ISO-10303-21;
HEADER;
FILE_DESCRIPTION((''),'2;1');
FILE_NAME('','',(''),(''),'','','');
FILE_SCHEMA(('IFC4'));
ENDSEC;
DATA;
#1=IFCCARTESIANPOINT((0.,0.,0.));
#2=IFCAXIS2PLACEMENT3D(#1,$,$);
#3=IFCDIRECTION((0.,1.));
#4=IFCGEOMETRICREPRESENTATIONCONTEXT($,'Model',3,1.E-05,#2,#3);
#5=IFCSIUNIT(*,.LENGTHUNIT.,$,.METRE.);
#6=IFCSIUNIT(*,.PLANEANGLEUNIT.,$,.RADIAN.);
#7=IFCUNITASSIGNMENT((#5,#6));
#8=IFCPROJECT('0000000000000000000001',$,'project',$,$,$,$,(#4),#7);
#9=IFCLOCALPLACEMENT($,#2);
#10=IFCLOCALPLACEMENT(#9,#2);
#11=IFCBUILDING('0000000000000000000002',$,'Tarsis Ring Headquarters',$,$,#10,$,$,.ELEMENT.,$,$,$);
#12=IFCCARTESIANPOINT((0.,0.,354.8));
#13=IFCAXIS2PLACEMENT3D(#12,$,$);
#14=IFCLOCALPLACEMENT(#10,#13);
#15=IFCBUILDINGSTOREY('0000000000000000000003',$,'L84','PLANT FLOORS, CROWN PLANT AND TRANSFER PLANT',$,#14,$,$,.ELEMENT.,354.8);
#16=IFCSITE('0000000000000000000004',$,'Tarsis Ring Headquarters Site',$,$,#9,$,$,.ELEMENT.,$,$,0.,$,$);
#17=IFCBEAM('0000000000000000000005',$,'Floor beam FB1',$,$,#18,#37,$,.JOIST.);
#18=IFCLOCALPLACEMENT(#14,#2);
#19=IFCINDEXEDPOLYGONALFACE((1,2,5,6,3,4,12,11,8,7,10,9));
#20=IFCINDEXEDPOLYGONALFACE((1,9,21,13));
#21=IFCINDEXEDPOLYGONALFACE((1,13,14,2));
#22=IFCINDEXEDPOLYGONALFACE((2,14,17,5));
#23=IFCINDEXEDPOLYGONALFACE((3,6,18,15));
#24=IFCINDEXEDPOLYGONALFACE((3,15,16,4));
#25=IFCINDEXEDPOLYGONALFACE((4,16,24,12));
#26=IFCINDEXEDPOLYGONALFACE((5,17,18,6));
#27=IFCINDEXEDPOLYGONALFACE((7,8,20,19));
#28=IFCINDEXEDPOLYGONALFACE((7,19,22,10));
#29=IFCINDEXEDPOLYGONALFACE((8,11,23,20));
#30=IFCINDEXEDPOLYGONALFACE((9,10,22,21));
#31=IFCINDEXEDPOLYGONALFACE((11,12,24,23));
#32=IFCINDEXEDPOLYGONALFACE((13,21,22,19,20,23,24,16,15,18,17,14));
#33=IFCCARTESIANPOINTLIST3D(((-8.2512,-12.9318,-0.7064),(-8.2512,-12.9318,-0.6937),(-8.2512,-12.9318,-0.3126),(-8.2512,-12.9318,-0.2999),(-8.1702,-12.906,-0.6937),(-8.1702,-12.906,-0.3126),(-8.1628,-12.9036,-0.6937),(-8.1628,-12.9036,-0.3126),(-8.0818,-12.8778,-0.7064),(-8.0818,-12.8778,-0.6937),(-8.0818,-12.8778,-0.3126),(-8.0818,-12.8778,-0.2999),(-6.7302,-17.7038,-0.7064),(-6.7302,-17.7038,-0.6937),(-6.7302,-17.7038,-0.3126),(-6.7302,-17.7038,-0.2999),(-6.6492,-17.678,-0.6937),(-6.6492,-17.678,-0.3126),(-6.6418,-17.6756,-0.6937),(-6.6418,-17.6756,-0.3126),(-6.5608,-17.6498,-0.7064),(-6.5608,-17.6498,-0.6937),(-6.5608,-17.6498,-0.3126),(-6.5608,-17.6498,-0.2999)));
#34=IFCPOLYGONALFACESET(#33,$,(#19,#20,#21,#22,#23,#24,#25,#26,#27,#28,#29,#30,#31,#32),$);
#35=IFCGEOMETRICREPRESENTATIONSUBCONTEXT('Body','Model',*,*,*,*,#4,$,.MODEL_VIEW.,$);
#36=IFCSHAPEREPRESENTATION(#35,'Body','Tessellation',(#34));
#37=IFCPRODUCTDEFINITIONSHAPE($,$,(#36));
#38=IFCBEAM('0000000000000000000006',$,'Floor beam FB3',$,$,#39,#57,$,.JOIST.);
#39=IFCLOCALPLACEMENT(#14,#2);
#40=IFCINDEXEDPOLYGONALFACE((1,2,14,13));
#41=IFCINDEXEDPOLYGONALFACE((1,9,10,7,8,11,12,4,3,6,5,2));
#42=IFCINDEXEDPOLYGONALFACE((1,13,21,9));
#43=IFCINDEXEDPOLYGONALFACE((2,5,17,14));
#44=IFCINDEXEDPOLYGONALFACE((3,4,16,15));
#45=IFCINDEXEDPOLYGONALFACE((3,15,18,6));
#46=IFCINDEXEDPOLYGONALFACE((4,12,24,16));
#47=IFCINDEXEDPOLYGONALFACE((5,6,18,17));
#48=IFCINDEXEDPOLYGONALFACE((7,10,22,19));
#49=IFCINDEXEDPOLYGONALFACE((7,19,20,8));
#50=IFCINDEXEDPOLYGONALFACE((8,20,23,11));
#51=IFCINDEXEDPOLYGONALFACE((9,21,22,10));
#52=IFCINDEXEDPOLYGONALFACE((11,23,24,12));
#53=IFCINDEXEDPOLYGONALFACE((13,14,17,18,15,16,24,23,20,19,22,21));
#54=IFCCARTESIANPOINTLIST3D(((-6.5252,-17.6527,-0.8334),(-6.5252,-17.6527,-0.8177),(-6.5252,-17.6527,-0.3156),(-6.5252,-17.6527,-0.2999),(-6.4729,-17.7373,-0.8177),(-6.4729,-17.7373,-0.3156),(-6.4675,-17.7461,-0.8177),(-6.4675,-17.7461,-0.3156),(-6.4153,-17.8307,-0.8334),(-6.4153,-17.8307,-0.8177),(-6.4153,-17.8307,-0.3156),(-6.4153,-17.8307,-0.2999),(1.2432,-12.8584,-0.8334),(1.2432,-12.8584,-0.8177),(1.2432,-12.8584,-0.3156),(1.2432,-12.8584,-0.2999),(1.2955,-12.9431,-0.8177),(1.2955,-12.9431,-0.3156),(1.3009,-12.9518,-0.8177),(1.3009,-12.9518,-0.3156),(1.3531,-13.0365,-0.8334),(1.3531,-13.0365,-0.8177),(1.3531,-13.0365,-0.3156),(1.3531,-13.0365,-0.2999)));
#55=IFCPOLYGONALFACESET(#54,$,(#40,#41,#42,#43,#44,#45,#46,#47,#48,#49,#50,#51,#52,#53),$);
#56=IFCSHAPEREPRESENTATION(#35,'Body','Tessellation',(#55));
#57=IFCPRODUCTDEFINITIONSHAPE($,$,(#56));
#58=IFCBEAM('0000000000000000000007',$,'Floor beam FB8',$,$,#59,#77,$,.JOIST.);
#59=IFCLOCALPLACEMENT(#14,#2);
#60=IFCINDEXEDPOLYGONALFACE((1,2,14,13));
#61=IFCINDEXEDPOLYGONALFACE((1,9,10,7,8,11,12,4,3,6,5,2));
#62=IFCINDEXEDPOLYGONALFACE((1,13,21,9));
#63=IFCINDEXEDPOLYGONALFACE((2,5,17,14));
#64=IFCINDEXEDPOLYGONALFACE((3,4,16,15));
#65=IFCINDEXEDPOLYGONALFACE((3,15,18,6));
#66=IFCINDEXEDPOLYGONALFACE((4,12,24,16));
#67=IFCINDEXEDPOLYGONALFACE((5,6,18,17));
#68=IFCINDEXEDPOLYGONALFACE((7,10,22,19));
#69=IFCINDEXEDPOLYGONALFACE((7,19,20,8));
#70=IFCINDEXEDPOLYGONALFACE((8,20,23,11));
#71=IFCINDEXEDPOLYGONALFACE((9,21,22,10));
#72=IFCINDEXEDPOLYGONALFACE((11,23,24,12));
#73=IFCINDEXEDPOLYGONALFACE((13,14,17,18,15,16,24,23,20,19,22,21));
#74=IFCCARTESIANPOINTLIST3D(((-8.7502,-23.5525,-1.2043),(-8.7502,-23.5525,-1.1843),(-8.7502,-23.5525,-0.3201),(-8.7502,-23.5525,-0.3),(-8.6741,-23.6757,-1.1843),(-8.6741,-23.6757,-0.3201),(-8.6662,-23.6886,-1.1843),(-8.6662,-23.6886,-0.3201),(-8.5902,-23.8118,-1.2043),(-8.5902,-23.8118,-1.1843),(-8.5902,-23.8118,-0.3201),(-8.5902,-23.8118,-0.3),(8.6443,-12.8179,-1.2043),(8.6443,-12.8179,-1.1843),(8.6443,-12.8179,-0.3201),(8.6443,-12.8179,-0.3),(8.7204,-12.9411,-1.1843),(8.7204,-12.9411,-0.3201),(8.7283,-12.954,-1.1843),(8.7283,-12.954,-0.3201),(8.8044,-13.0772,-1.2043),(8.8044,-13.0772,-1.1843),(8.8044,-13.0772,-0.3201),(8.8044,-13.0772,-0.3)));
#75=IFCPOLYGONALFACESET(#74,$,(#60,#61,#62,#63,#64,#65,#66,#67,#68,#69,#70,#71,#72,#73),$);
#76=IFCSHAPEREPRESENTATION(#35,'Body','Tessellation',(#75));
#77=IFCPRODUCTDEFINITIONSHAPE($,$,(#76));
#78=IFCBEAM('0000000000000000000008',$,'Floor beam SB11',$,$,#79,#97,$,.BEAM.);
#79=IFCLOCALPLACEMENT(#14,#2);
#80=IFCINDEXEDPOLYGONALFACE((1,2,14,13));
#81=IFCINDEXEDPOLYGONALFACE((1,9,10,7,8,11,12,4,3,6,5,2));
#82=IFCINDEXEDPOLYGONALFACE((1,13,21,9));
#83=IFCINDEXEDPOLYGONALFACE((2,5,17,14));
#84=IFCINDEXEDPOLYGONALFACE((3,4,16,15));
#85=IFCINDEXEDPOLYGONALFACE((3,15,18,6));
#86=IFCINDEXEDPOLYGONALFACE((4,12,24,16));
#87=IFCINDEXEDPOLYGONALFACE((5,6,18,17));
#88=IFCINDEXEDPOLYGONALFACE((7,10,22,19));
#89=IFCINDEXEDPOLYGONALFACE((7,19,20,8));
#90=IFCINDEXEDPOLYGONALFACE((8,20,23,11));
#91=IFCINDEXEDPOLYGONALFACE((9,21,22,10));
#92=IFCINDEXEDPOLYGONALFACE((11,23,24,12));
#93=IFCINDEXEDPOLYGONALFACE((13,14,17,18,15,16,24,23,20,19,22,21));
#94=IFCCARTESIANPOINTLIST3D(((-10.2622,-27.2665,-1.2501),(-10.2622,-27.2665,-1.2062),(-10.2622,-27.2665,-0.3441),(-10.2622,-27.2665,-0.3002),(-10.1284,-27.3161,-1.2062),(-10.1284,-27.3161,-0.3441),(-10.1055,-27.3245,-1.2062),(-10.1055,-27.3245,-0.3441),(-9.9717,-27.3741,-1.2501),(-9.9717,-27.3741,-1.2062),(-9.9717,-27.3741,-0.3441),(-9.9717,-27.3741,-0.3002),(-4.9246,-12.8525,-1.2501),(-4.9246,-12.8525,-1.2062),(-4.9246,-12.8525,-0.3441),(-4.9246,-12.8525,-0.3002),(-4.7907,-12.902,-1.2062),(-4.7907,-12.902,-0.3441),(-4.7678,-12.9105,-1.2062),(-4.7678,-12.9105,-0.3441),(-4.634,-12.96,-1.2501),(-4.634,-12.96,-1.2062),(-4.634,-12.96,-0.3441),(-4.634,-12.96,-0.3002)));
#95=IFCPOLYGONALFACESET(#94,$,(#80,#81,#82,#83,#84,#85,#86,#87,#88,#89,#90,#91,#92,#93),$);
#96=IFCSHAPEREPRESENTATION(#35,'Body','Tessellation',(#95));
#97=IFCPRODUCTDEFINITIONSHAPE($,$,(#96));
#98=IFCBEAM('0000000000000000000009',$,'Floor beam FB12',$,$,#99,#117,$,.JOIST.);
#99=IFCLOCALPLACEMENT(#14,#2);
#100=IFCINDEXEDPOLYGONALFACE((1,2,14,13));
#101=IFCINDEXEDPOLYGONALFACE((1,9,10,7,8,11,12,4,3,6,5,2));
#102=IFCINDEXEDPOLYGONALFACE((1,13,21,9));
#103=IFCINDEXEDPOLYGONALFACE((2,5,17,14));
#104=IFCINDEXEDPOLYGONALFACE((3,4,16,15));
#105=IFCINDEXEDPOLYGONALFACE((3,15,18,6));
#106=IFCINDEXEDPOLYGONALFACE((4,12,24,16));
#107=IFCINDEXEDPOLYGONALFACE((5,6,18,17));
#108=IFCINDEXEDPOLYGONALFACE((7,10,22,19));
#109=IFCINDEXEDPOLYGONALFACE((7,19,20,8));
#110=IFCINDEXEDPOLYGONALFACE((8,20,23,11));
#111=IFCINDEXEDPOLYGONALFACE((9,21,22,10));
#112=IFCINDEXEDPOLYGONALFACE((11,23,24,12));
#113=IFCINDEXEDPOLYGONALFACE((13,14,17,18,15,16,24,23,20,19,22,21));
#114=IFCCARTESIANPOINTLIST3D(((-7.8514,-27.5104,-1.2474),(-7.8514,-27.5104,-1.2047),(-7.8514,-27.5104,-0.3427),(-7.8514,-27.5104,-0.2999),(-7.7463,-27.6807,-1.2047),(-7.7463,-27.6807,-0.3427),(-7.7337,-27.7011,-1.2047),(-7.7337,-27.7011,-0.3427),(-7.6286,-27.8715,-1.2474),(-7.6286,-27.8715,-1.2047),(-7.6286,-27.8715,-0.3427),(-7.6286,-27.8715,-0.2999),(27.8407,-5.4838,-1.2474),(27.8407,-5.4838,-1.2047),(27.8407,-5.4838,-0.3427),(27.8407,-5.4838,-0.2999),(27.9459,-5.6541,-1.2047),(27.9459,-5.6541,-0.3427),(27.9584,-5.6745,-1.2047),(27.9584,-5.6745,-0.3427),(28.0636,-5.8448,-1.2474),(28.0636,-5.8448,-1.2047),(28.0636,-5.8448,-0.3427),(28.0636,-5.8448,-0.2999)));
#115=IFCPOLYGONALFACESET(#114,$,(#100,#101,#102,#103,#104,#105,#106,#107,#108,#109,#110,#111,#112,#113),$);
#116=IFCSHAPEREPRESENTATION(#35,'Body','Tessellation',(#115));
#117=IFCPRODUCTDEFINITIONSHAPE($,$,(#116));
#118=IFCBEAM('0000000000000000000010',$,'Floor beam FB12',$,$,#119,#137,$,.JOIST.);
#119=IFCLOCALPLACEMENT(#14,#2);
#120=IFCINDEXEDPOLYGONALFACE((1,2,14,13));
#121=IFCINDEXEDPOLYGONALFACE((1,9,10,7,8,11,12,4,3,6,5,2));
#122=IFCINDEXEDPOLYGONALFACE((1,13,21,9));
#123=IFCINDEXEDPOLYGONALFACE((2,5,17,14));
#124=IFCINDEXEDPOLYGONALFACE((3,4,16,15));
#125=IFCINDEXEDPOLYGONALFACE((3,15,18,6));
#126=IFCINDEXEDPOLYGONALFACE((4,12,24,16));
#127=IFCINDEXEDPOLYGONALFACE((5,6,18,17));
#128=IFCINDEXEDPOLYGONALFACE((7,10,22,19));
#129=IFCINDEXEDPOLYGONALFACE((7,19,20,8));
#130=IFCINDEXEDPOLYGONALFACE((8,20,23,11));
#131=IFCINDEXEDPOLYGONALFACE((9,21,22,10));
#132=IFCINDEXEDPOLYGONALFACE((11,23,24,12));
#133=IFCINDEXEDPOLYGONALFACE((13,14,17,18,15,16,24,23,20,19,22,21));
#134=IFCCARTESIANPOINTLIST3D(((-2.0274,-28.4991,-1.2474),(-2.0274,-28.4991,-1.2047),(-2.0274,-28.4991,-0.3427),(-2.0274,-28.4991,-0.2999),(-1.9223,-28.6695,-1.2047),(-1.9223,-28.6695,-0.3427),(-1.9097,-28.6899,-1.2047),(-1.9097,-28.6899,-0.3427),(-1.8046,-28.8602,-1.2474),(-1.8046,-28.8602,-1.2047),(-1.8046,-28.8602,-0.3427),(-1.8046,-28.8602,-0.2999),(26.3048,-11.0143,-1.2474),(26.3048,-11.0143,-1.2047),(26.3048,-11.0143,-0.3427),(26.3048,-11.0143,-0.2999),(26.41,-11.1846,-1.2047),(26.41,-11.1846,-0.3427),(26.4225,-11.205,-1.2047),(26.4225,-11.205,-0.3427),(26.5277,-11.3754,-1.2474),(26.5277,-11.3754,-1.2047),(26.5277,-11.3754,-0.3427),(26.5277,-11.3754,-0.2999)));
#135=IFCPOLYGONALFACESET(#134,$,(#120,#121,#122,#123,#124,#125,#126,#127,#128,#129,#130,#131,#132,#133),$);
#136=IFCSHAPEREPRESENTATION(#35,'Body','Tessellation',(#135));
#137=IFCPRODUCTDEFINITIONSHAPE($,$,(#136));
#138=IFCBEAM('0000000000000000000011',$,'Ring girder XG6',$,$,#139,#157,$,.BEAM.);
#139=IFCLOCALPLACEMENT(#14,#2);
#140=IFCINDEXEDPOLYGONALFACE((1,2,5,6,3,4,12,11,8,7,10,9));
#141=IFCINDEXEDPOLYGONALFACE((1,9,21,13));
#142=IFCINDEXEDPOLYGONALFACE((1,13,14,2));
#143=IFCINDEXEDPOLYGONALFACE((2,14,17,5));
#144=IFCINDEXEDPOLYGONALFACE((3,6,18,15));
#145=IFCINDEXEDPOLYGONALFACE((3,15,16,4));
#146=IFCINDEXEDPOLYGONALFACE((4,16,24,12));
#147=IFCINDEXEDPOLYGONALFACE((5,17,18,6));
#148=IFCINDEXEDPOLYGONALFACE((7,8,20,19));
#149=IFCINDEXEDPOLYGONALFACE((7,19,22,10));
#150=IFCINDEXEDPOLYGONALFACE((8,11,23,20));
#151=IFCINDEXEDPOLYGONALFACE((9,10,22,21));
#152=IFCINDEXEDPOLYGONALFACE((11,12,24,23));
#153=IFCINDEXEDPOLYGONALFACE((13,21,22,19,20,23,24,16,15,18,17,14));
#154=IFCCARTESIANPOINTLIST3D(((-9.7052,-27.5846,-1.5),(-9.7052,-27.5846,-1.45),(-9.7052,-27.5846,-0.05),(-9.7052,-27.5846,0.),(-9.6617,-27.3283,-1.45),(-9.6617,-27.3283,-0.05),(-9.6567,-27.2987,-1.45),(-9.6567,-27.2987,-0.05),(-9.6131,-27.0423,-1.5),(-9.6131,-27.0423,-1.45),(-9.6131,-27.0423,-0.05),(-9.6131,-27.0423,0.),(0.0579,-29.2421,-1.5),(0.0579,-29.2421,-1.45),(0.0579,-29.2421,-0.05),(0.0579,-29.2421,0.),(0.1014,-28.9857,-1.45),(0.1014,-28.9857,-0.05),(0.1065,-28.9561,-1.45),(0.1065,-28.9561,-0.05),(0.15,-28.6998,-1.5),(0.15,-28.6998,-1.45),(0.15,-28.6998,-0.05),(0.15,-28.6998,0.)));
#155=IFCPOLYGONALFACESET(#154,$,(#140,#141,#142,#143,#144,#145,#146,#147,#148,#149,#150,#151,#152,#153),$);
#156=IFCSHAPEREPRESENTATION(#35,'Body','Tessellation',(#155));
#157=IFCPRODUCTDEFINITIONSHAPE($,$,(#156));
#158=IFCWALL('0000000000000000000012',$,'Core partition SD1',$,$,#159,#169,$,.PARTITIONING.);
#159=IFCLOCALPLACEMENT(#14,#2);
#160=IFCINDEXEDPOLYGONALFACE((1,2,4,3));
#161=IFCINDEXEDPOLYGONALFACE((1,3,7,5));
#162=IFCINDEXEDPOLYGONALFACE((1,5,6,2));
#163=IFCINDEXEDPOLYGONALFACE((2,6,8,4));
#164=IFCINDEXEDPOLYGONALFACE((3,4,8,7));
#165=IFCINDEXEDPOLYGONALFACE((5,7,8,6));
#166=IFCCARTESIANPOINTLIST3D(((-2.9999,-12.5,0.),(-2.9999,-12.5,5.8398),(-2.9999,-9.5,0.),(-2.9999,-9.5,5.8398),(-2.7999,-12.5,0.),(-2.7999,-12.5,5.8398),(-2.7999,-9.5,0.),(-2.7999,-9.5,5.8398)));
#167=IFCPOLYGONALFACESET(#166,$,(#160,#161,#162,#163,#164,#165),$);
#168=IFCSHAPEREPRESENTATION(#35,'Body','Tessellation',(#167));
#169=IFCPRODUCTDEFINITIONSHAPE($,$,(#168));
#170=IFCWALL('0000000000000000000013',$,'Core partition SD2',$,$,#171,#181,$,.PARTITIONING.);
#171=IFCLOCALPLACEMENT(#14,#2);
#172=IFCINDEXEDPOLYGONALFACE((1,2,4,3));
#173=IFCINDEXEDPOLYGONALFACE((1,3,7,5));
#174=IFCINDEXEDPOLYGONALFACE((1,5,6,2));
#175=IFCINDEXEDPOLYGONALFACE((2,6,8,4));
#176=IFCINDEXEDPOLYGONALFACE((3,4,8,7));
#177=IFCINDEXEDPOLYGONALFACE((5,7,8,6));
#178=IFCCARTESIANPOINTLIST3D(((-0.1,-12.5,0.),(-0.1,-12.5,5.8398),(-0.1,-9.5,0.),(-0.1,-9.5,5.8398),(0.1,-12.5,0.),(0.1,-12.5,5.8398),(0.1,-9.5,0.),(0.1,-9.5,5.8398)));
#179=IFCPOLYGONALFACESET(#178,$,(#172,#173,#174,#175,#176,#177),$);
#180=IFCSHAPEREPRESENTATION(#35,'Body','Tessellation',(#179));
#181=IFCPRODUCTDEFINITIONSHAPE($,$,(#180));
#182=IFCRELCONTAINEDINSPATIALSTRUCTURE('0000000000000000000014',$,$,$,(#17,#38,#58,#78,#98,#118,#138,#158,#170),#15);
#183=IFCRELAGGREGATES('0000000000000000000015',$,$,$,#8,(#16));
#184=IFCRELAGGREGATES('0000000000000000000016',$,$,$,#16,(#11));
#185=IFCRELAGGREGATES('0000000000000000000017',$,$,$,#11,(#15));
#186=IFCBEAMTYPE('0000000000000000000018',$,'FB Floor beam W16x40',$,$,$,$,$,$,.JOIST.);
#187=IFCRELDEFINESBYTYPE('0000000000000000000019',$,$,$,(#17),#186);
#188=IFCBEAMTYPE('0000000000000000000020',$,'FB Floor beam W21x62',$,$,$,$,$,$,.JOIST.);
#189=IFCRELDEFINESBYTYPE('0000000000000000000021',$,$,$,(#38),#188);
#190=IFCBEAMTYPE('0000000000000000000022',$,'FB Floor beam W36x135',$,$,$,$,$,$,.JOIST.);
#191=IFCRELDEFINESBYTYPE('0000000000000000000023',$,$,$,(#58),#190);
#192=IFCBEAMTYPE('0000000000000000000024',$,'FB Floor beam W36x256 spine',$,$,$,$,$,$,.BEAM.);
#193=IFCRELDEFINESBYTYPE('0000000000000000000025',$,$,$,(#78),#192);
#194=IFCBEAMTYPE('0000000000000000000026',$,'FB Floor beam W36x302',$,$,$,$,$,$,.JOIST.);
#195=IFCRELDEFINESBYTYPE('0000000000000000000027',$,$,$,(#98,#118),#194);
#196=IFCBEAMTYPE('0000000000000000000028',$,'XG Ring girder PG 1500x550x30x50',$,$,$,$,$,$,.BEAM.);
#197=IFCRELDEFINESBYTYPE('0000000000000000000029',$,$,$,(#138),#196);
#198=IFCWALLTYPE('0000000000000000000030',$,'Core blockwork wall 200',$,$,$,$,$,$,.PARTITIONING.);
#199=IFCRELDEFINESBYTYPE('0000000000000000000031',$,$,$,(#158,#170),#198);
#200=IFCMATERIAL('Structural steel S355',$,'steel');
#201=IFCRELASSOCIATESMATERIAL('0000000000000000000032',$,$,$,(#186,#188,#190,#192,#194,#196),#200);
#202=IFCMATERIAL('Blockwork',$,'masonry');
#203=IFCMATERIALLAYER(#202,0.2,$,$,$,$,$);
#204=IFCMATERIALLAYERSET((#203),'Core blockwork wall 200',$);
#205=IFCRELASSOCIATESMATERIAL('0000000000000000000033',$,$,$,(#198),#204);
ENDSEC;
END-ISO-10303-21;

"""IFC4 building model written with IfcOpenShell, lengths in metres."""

from ifc_helpers import new_model, si_unit, direction, frame, frame_2d, origin, origin_2d, place, context, subcontext, project, spatial, rectangle, i_section, extrude, material, layer, layer_set, material_profile, profile_set, type_object, element, save


model = new_model("IFC4")

# Units and contexts
model_context = context("Model", 3, precision=1e-05, world=origin(), true_north=direction((0.0, 1.0)))
body_context = subcontext(model_context, "Body", "Model", "MODEL_VIEW")
ifc_project = project(units=[si_unit("LENGTHUNIT", "METRE"), si_unit("PLANEANGLEUNIT", "RADIAN")], contexts=[model_context])

# Site, building, storey
site_placement = place(None, origin())
site = spatial("IfcSite", under=ifc_project, at=site_placement, Name="Tarsis Ring Headquarters Site", CompositionType="ELEMENT", RefElevation=0.0)
building_placement = place(site_placement, origin())
building = spatial("IfcBuilding", under=site, at=building_placement, Name="Tarsis Ring Headquarters", CompositionType="ELEMENT")
storey_placement = place(building_placement, frame((0.0, 0.0, 354.8)))
storey = spatial("IfcBuildingStorey", under=building, at=storey_placement, Name="L84", Description="PLANT FLOORS, CROWN PLANT AND TRANSFER PLANT", CompositionType="ELEMENT", Elevation=354.8)

# Beams
ifc_material_1 = material(Name="Structural steel S355", Category="steel")
ifc_material_profile_1 = material_profile(ifc_material_1, i_section(OverallWidth=0.1777, OverallDepth=0.4065, WebThickness=0.0078, FlangeThickness=0.0127, at=origin_2d()), Name="W16x40")
ifc_profile_set_1 = profile_set([ifc_material_profile_1], Name="Structural steel S355")
beam_type_1 = type_object("IfcBeamType", Name="FB Floor beam W16x40", PredefinedType="JOIST", material=ifc_profile_set_1)
beam_1_placement = place(storey_placement, frame((-8.1665, -12.9048, -0.5032), z_axis=(0.303682, -0.952773, 0.0), x_axis=(0.952773, 0.303682, 0.0)))
element("IfcBeam", 1, at=beam_1_placement, inside=storey, type_object=beam_type_1, Name="Floor beam FB1", PredefinedType="JOIST", context=body_context, shape_type="SweptSolid", body=[
    extrude(i_section(OverallWidth=0.1777, OverallDepth=0.4065, WebThickness=0.0078, FlangeThickness=0.0127, at=origin_2d()), origin(), (0.0, 0.0, 1.0), 5.0085),
])
ifc_material_profile_2 = material_profile(ifc_material_1, i_section(OverallWidth=0.2092, OverallDepth=0.5334, WebThickness=0.0103, FlangeThickness=0.0156, at=origin_2d()), Name="W21x62")
ifc_profile_set_2 = profile_set([ifc_material_profile_2], Name="Structural steel S355")
beam_type_2 = type_object("IfcBeamType", Name="FB Floor beam W21x62", PredefinedType="JOIST", material=ifc_profile_set_2)
beam_2_placement = place(storey_placement, frame((-6.4702, -17.7417, -0.5667), z_axis=(0.850988, 0.525185, 0.0), x_axis=(-0.525185, 0.850988, 0.0)))
element("IfcBeam", 2, at=beam_2_placement, inside=storey, type_object=beam_type_2, Name="Floor beam FB3", PredefinedType="JOIST", context=body_context, shape_type="SweptSolid", body=[
    extrude(i_section(OverallWidth=0.2092, OverallDepth=0.5334, WebThickness=0.0103, FlangeThickness=0.0156, at=origin_2d()), origin(), (0.0, 0.0, 1.0), 9.1287),
])
ifc_material_profile_3 = material_profile(ifc_material_1, i_section(OverallWidth=0.3047, OverallDepth=0.9043, WebThickness=0.0151, FlangeThickness=0.02, at=origin_2d()), Name="W36x135")
ifc_profile_set_3 = profile_set([ifc_material_profile_3], Name="Structural steel S355")
beam_type_3 = type_object("IfcBeamType", Name="FB Floor beam W36x135", PredefinedType="JOIST", material=ifc_profile_set_3)
beam_3_placement = place(storey_placement, frame((-8.6702, -23.6821, -0.7522), z_axis=(0.850996, 0.525172, 0.0), x_axis=(-0.525172, 0.850996, 0.0)))
element("IfcBeam", 3, at=beam_3_placement, inside=storey, type_object=beam_type_3, Name="Floor beam FB8", PredefinedType="JOIST", context=body_context, shape_type="SweptSolid", body=[
    extrude(i_section(OverallWidth=0.3047, OverallDepth=0.9043, WebThickness=0.0151, FlangeThickness=0.02, at=origin_2d()), origin(), (0.0, 0.0, 1.0), 20.4402),
])
ifc_material_profile_4 = material_profile(ifc_material_1, i_section(OverallWidth=0.3098, OverallDepth=0.95, WebThickness=0.0244, FlangeThickness=0.0439, at=origin_2d()), Name="W36x256")
ifc_profile_set_4 = profile_set([ifc_material_profile_4], Name="Structural steel S355")
beam_type_4 = type_object("IfcBeamType", Name="FB Floor beam W36x256 spine", PredefinedType="BEAM", material=ifc_profile_set_4)
beam_4_placement = place(storey_placement, frame((-4.7793, -12.9062, -0.7751), z_axis=(-0.347263, -0.937768, 0.0), x_axis=(0.937768, -0.347263, 0.0)))
element("IfcBeam", 4, at=beam_4_placement, inside=storey, type_object=beam_type_4, Name="Floor beam SB11", PredefinedType="BEAM", context=body_context, shape_type="SweptSolid", body=[
    extrude(i_section(OverallWidth=0.3098, OverallDepth=0.95, WebThickness=0.0244, FlangeThickness=0.0439, at=origin_2d()), origin(), (0.0, 0.0, 1.0), 15.3706),
])
ifc_material_profile_5 = material_profile(ifc_material_1, i_section(OverallWidth=0.4243, OverallDepth=0.9475, WebThickness=0.0239, FlangeThickness=0.0427, at=origin_2d()), Name="W36x302")
ifc_profile_set_5 = profile_set([ifc_material_profile_5], Name="Structural steel S355")
beam_type_5 = type_object("IfcBeamType", Name="FB Floor beam W36x302", PredefinedType="JOIST", material=ifc_profile_set_5)
beam_5_placement = place(storey_placement, frame((-7.74, -27.6909, -0.7737), z_axis=(0.850995, 0.525173, 0.0), x_axis=(-0.525173, 0.850995, 0.0)))
element("IfcBeam", 5, at=beam_5_placement, inside=storey, type_object=beam_type_5, Name="Floor beam FB12", PredefinedType="JOIST", context=body_context, shape_type="SweptSolid", body=[
    extrude(i_section(OverallWidth=0.4243, OverallDepth=0.9475, WebThickness=0.0239, FlangeThickness=0.0427, at=origin_2d()), origin(), (0.0, 0.0, 1.0), 41.9417),
])
beam_6_placement = place(storey_placement, frame((-1.916, -28.6797, -0.7737), z_axis=(0.850992, 0.525178, 0.0), x_axis=(-0.525178, 0.850992, 0.0)))
element("IfcBeam", 6, at=beam_6_placement, inside=storey, type_object=beam_type_5, Name="Floor beam FB12", PredefinedType="JOIST", context=body_context, shape_type="SweptSolid", body=[
    extrude(i_section(OverallWidth=0.4243, OverallDepth=0.9475, WebThickness=0.0239, FlangeThickness=0.0427, at=origin_2d()), origin(), (0.0, 0.0, 1.0), 33.2932),
])
ifc_material_profile_6 = material_profile(ifc_material_1, i_section(OverallWidth=0.55, OverallDepth=1.5, WebThickness=0.03, FlangeThickness=0.05, at=origin_2d()), Name="PG 1500x550x30x50")
ifc_profile_set_6 = profile_set([ifc_material_profile_6], Name="Structural steel S355")
beam_type_6 = type_object("IfcBeamType", Name="XG Ring girder PG 1500x550x30x50", PredefinedType="BEAM", material=ifc_profile_set_6)
beam_7_placement = place(storey_placement, frame((-9.6592, -27.3135, -0.75), z_axis=(0.985894, -0.167373, 0.0), x_axis=(0.167373, 0.985894, 0.0)))
element("IfcBeam", 7, at=beam_7_placement, inside=storey, type_object=beam_type_6, Name="Ring girder XG6", PredefinedType="BEAM", context=body_context, shape_type="SweptSolid", body=[
    extrude(i_section(OverallWidth=0.55, OverallDepth=1.5, WebThickness=0.03, FlangeThickness=0.05, at=origin_2d()), origin(), (0.0, 0.0, 1.0), 9.9028),
])

# Walls
ifc_material_2 = material(Name="Blockwork", Category="masonry")
ifc_layer_1 = layer(ifc_material_2, 0.2)
ifc_layer_set_1 = layer_set([ifc_layer_1], Name="Core blockwork wall 200")
wall_type_1 = type_object("IfcWallType", Name="Core blockwork wall 200", PredefinedType="PARTITIONING", material=ifc_layer_set_1)
for number, where, z_axis, x_axis, name in (
    (8, (-2.8999, -12.5, 0.0), (0.0, 0.0, 1.0), (0.0, 1.0, 0.0), "Core partition SD1"),
    (9, (0.0, -12.5, 0.0), (0.0, 0.0, 1.0), (0.0, 1.0, 0.0), "Core partition SD2"),
):
    element("IfcWall", number, at=place(storey_placement, frame(where, z_axis=z_axis, x_axis=x_axis)), inside=storey, type_object=wall_type_1, Name=name, PredefinedType="PARTITIONING", context=body_context, shape_type="SweptSolid", body=[
        extrude(rectangle(XDim=3.0, YDim=0.2, at=frame_2d((1.5, 0.0))), origin(), (0.0, 0.0, 1.0), 5.8398),
    ])

save(model, "model.ifc")
